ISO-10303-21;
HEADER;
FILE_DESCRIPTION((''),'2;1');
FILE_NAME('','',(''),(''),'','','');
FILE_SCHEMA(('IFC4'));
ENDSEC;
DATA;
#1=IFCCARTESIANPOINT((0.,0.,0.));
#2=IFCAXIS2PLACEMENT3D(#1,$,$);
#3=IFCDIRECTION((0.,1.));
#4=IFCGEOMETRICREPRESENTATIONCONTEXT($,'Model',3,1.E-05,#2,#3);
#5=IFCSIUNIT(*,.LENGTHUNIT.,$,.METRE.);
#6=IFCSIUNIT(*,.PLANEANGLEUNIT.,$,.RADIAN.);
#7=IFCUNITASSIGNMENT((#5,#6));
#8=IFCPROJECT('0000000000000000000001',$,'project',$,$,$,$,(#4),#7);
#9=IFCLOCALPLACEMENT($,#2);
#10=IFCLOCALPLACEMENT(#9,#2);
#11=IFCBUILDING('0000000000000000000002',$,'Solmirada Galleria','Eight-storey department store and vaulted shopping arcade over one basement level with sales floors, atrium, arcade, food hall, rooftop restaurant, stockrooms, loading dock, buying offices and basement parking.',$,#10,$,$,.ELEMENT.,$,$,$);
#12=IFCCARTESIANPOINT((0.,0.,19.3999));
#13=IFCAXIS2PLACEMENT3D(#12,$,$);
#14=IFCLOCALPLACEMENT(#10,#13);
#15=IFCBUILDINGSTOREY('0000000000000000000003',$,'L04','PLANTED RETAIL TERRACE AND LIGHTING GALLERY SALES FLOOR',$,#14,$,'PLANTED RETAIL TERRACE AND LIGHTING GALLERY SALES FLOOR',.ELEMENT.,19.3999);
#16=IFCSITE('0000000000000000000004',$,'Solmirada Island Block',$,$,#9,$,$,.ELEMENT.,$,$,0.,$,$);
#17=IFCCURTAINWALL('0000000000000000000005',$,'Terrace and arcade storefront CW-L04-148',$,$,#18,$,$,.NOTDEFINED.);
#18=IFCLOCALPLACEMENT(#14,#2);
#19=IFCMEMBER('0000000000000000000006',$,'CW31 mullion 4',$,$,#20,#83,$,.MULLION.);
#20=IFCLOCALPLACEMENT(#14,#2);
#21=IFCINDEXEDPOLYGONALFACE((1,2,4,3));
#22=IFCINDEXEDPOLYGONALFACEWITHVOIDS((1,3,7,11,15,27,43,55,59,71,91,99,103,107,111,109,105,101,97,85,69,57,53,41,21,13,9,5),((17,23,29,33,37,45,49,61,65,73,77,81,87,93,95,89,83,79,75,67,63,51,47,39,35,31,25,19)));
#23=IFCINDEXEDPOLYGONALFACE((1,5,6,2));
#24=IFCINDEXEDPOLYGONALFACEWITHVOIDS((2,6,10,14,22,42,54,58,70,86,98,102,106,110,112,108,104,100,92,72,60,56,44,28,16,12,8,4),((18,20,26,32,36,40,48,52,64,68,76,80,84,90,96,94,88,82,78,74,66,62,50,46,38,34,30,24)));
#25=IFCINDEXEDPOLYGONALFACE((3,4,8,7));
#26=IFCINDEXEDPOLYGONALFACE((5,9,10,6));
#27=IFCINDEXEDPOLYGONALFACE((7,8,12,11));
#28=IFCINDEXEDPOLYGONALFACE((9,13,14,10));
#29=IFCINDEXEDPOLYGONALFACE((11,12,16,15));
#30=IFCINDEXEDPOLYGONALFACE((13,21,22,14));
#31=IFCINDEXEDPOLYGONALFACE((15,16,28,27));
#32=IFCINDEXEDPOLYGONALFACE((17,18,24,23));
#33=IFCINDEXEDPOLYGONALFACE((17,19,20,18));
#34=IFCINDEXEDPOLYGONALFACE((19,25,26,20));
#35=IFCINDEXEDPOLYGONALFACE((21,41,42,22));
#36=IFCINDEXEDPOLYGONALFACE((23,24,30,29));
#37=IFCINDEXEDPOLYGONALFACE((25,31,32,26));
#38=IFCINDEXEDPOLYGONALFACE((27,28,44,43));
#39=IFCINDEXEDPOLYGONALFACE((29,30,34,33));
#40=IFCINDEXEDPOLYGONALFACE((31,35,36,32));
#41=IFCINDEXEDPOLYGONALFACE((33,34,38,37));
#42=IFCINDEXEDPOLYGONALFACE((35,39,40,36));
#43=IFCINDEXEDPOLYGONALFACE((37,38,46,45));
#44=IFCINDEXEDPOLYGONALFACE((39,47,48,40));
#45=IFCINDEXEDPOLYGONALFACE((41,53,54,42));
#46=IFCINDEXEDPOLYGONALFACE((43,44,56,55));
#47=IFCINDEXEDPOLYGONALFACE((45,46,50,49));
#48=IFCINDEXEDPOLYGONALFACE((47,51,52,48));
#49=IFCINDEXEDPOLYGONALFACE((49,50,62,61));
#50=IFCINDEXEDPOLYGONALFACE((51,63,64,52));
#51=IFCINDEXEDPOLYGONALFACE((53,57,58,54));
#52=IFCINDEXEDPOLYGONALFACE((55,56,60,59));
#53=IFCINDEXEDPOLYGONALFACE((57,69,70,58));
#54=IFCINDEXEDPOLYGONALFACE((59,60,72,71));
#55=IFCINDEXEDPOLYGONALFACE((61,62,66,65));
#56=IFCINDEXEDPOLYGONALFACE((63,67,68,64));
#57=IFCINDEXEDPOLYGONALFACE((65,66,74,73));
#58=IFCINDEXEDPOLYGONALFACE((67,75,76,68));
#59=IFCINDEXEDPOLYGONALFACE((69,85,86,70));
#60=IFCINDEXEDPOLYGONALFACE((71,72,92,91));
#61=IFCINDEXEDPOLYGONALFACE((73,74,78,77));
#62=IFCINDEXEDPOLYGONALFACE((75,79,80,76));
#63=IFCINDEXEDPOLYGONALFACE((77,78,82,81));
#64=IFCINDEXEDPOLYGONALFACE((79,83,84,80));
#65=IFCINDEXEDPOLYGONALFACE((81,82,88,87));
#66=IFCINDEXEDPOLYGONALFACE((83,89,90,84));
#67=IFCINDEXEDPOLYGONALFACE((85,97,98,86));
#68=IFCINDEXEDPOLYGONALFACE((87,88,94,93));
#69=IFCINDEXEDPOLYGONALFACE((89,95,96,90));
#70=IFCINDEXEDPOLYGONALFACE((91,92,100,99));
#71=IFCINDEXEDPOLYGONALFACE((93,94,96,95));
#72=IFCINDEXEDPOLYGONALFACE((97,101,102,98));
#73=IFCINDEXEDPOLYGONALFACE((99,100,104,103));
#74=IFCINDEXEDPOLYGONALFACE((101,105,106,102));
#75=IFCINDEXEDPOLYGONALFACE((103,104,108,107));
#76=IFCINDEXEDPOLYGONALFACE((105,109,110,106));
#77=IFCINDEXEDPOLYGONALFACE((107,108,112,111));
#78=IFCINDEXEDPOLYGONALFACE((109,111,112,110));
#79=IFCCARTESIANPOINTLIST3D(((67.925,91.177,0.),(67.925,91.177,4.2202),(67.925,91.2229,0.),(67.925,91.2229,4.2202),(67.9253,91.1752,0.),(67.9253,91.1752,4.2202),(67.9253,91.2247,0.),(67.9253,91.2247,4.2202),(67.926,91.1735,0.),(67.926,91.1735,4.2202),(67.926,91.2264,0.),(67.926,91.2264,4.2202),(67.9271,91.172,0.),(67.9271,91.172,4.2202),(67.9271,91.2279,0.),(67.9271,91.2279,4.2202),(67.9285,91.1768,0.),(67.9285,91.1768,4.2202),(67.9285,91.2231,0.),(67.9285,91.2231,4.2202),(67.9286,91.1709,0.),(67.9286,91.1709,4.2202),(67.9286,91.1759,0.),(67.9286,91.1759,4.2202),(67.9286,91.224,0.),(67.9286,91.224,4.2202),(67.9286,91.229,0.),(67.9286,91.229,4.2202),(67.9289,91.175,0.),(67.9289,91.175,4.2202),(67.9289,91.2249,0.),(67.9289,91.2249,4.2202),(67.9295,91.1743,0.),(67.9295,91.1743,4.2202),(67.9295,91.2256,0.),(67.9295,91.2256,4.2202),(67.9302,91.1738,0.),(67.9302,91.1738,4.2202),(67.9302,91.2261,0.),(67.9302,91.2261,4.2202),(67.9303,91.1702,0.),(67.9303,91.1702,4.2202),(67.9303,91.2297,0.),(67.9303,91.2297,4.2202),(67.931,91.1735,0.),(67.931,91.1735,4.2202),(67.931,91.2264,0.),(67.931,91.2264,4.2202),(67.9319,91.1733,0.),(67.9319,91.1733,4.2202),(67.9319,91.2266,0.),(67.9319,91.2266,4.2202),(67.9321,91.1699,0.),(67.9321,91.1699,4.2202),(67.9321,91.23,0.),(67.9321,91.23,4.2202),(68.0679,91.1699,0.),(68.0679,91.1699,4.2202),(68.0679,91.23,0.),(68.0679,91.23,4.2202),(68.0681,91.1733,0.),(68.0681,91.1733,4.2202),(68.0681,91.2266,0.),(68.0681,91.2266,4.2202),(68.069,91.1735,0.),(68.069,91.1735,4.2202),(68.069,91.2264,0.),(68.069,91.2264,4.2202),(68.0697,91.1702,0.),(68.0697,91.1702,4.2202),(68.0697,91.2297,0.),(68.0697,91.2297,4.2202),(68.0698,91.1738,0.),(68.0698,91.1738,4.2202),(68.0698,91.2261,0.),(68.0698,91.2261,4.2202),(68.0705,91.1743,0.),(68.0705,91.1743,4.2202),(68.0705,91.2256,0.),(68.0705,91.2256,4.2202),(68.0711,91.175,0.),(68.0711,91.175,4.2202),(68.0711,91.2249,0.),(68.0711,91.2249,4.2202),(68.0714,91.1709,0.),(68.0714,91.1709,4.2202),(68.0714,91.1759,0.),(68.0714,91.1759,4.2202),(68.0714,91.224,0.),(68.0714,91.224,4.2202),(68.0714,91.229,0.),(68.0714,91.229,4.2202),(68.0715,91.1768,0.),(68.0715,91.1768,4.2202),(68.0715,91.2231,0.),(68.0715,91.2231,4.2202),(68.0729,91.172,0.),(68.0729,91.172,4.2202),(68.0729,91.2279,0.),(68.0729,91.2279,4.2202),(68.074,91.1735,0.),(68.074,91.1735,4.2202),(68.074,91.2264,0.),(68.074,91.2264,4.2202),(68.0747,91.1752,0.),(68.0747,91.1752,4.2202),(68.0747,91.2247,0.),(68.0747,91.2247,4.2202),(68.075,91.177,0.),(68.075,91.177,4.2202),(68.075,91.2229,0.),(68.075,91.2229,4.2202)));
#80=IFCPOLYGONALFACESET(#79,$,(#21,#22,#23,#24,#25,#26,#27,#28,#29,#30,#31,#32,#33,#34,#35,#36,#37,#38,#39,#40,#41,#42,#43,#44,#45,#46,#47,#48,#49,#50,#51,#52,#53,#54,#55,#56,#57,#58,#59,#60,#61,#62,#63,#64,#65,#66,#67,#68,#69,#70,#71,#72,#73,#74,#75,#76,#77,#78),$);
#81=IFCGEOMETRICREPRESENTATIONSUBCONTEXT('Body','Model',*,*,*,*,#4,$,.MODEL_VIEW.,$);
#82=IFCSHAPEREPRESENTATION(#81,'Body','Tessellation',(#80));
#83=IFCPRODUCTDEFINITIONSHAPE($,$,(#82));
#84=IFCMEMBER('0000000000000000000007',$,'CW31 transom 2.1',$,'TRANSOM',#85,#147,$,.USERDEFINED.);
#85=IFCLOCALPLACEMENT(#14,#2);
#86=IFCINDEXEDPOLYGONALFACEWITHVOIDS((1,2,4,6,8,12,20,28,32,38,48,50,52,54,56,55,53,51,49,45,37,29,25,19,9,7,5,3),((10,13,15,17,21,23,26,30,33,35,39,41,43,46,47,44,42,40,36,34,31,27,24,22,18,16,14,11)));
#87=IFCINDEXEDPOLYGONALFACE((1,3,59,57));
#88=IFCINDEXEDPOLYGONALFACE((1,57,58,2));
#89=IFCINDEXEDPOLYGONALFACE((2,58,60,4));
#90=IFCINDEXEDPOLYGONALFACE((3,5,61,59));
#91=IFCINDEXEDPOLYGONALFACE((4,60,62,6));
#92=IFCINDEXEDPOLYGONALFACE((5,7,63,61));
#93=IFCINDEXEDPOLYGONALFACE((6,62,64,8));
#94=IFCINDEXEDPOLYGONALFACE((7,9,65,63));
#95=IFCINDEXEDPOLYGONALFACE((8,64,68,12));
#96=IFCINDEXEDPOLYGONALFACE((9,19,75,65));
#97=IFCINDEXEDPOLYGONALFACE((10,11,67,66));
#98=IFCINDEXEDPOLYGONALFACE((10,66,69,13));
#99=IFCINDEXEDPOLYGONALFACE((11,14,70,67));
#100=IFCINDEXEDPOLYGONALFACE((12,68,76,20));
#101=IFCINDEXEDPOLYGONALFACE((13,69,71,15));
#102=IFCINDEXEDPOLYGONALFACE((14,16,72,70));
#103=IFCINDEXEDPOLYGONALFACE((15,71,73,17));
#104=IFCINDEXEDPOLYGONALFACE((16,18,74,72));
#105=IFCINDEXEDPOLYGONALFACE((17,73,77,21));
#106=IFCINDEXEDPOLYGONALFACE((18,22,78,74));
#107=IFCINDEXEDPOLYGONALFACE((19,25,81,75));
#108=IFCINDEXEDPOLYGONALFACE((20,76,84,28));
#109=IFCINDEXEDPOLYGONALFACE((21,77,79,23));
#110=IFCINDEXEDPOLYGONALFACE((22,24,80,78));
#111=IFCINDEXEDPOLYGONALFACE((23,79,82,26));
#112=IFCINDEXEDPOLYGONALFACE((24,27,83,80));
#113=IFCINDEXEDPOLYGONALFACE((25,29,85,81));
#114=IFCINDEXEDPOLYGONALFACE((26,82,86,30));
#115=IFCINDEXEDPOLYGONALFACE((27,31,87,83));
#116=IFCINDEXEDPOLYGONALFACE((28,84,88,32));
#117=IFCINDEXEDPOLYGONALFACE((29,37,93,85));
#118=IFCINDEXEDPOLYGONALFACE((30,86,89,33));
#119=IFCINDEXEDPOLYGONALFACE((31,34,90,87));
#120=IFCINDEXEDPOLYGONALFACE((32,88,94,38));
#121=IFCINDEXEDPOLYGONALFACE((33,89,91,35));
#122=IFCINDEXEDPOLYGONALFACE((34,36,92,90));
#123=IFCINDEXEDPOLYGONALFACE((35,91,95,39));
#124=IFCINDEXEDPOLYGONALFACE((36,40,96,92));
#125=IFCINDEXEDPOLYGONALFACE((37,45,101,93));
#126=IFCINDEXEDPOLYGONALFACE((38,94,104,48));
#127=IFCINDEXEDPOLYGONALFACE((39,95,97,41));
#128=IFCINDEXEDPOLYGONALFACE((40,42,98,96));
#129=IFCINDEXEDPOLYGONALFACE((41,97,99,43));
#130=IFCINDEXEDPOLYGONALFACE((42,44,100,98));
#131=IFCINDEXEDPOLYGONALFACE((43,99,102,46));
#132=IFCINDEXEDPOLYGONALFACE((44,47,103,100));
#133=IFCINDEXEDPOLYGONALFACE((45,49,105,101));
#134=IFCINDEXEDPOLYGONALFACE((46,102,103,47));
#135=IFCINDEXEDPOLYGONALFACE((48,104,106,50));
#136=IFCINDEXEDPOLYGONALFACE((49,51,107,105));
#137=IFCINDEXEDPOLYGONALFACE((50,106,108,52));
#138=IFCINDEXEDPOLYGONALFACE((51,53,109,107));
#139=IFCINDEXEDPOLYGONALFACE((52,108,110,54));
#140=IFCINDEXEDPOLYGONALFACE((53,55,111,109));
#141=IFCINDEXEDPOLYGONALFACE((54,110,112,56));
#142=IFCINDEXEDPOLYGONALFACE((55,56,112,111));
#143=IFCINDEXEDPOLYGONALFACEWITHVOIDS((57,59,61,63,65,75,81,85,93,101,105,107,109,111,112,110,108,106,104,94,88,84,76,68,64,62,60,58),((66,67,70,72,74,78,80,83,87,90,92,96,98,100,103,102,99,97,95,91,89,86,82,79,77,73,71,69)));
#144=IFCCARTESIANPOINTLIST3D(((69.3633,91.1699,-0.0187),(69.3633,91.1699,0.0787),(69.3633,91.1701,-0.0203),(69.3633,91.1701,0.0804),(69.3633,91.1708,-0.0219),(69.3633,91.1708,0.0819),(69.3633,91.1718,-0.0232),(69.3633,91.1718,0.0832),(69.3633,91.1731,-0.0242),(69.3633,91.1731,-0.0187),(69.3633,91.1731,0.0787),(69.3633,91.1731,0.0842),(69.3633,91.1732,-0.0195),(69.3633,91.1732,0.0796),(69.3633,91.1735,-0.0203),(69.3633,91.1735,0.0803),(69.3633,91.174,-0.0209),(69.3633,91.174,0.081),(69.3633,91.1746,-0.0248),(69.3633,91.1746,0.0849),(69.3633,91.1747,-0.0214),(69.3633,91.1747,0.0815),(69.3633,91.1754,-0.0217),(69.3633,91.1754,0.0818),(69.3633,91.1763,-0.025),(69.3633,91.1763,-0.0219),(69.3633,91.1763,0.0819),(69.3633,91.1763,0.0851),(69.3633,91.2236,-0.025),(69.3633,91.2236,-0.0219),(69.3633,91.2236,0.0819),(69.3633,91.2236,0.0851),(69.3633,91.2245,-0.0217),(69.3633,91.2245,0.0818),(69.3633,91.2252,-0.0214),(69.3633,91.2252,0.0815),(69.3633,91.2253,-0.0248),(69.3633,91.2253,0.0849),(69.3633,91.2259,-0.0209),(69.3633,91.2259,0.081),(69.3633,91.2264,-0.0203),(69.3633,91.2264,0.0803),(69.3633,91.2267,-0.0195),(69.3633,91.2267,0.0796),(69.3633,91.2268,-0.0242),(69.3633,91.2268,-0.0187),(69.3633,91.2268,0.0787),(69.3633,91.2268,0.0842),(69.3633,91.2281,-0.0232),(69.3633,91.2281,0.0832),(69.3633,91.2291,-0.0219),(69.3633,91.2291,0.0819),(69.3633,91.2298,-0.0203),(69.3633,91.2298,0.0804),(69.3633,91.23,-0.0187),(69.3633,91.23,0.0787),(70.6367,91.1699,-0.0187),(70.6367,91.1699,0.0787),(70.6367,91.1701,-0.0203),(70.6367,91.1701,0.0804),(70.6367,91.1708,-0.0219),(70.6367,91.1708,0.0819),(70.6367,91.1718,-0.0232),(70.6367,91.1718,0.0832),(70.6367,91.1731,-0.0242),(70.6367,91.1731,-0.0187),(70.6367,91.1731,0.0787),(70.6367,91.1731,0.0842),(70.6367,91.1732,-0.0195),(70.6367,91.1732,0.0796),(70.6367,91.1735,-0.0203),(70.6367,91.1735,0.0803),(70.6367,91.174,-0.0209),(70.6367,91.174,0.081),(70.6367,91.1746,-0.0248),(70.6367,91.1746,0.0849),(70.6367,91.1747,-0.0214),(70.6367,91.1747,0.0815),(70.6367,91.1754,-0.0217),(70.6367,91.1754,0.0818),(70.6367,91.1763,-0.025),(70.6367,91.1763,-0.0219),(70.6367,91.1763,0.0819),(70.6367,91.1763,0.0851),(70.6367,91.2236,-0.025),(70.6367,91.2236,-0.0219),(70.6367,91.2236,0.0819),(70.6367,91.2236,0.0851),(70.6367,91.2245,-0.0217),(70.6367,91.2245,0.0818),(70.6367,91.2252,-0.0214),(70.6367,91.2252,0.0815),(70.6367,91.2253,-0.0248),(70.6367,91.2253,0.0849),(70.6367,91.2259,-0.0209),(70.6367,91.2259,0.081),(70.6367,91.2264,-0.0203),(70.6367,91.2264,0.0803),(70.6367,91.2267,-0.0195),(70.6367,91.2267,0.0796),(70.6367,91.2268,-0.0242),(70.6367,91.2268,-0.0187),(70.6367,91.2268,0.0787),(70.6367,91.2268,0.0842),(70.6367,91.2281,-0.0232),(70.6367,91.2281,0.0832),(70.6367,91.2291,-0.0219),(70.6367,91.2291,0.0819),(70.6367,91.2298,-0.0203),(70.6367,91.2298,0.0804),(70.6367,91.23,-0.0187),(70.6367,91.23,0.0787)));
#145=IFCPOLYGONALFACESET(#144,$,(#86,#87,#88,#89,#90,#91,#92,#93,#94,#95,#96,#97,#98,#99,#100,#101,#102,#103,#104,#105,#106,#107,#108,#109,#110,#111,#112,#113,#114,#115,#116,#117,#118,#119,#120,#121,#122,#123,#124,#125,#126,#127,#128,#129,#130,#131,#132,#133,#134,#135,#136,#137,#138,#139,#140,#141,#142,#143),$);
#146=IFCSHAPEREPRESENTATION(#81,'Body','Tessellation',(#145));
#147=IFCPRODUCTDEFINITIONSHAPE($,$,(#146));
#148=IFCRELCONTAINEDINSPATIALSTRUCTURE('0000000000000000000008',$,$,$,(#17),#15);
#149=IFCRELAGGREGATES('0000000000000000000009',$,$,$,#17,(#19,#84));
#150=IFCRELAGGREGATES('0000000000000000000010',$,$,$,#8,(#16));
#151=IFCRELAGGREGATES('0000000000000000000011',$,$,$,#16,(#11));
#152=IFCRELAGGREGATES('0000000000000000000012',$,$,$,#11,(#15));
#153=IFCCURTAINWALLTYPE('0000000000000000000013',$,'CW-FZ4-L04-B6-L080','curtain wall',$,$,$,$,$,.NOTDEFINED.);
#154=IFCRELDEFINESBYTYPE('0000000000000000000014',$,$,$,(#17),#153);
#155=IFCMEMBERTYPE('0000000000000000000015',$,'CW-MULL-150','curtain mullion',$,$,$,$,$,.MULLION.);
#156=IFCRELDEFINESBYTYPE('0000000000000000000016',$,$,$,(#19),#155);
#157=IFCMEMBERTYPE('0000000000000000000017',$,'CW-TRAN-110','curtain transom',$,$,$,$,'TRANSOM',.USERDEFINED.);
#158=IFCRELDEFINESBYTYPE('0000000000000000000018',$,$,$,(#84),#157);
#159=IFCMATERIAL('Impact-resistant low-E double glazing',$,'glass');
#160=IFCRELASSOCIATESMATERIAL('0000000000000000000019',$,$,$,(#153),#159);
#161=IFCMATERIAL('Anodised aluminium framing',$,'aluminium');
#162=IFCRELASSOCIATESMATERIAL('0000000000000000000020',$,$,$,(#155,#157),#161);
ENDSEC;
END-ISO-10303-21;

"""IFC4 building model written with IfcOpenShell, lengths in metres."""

from ifc_helpers import new_model, si_unit, direction, frame, origin, origin_2d, place, context, subcontext, project, spatial, hollow_rectangle, extrude, material, material_profile, profile_set, type_object, element, aggregate, save


model = new_model("IFC4")

# Units and contexts
model_context = context("Model", 3, precision=1e-05, world=origin(), true_north=direction((0.0, 1.0)))
body_context = subcontext(model_context, "Body", "Model", "MODEL_VIEW")
ifc_project = project(units=[si_unit("LENGTHUNIT", "METRE"), si_unit("PLANEANGLEUNIT", "RADIAN")], contexts=[model_context])

# Site, building, storey
site_placement = place(None, origin())
site = spatial("IfcSite", under=ifc_project, at=site_placement, Name="Solmirada Island Block", CompositionType="ELEMENT", RefElevation=0.0)
building_placement = place(site_placement, origin())
building = spatial("IfcBuilding", under=site, at=building_placement, Name="Solmirada Galleria", Description="Eight-storey department store and vaulted shopping arcade over one basement level with sales floors, atrium, arcade, food hall, rooftop restaurant, stockrooms, loading dock, buying offices and basement parking.", CompositionType="ELEMENT")
storey_placement = place(building_placement, frame((0.0, 0.0, 19.3999)))
storey = spatial("IfcBuildingStorey", under=building, at=storey_placement, Name="L04", Description="PLANTED RETAIL TERRACE AND LIGHTING GALLERY SALES FLOOR", LongName="PLANTED RETAIL TERRACE AND LIGHTING GALLERY SALES FLOOR", CompositionType="ELEMENT", Elevation=19.3999)

# Curtain wall, members
ifc_material_1 = material(Name="Impact-resistant low-E double glazing", Category="glass")
curtain_wall_type = type_object("IfcCurtainWallType", Name="CW-FZ4-L04-B6-L080", Description="curtain wall", PredefinedType="NOTDEFINED", material=ifc_material_1)
curtain_wall_placement = place(storey_placement, origin())
curtain_wall = element("IfcCurtainWall", 1, at=curtain_wall_placement, inside=storey, type_object=curtain_wall_type, Name="Terrace and arcade storefront CW-L04-148", PredefinedType="NOTDEFINED")
ifc_material_2 = material(Name="Anodised aluminium framing", Category="aluminium")
ifc_material_profile_1 = material_profile(ifc_material_2, hollow_rectangle(XDim=0.0601, YDim=0.1499, WallThickness=0.0034, InnerFilletRadius=0.0034, OuterFilletRadius=0.0071, at=origin_2d()), Name="ALU-MULL-150X60")
ifc_profile_set_1 = profile_set([ifc_material_profile_1], Name="Anodised aluminium framing")
member_type_1 = type_object("IfcMemberType", Name="CW-MULL-150", Description="curtain mullion", PredefinedType="MULLION", material=ifc_profile_set_1)
member_1_placement = place(storey_placement, frame((68.0, 91.2, 0.0), z_axis=(0.0, 0.0, 1.0), x_axis=(0.0, -1.0, 0.0)))
member_1 = element("IfcMember", 2, at=member_1_placement, type_object=member_type_1, Name="CW31 mullion 4", PredefinedType="MULLION", context=body_context, shape_type="SweptSolid", body=[
    extrude(hollow_rectangle(XDim=0.0601, YDim=0.1499, WallThickness=0.0034, InnerFilletRadius=0.0034, OuterFilletRadius=0.0071, at=origin_2d()), origin(), (0.0, 0.0, 1.0), 4.2202),
])
ifc_material_profile_2 = material_profile(ifc_material_2, hollow_rectangle(XDim=0.0601, YDim=0.1101, WallThickness=0.0032, InnerFilletRadius=0.0032, OuterFilletRadius=0.0063, at=origin_2d()), Name="ALU-TRAN-110X60")
ifc_profile_set_2 = profile_set([ifc_material_profile_2], Name="Anodised aluminium framing")
member_type_2 = type_object("IfcMemberType", Name="CW-TRAN-110", Description="curtain transom", ElementType="TRANSOM", PredefinedType="USERDEFINED", material=ifc_profile_set_2)
member_2_placement = place(storey_placement, frame((70.6367, 91.2, 0.03), z_axis=(-1.0, 0.0, 0.0), x_axis=(0.0, -1.0, 0.0)))
member_2 = element("IfcMember", 3, at=member_2_placement, type_object=member_type_2, Name="CW31 transom 2.1", ObjectType="TRANSOM", PredefinedType="USERDEFINED", context=body_context, shape_type="SweptSolid", body=[
    extrude(hollow_rectangle(XDim=0.0601, YDim=0.1101, WallThickness=0.0032, InnerFilletRadius=0.0032, OuterFilletRadius=0.0063, at=origin_2d()), origin(), (0.0, 0.0, 1.0), 1.2734),
])
aggregate(curtain_wall, [member_1, member_2])

save(model, "model.ifc")
